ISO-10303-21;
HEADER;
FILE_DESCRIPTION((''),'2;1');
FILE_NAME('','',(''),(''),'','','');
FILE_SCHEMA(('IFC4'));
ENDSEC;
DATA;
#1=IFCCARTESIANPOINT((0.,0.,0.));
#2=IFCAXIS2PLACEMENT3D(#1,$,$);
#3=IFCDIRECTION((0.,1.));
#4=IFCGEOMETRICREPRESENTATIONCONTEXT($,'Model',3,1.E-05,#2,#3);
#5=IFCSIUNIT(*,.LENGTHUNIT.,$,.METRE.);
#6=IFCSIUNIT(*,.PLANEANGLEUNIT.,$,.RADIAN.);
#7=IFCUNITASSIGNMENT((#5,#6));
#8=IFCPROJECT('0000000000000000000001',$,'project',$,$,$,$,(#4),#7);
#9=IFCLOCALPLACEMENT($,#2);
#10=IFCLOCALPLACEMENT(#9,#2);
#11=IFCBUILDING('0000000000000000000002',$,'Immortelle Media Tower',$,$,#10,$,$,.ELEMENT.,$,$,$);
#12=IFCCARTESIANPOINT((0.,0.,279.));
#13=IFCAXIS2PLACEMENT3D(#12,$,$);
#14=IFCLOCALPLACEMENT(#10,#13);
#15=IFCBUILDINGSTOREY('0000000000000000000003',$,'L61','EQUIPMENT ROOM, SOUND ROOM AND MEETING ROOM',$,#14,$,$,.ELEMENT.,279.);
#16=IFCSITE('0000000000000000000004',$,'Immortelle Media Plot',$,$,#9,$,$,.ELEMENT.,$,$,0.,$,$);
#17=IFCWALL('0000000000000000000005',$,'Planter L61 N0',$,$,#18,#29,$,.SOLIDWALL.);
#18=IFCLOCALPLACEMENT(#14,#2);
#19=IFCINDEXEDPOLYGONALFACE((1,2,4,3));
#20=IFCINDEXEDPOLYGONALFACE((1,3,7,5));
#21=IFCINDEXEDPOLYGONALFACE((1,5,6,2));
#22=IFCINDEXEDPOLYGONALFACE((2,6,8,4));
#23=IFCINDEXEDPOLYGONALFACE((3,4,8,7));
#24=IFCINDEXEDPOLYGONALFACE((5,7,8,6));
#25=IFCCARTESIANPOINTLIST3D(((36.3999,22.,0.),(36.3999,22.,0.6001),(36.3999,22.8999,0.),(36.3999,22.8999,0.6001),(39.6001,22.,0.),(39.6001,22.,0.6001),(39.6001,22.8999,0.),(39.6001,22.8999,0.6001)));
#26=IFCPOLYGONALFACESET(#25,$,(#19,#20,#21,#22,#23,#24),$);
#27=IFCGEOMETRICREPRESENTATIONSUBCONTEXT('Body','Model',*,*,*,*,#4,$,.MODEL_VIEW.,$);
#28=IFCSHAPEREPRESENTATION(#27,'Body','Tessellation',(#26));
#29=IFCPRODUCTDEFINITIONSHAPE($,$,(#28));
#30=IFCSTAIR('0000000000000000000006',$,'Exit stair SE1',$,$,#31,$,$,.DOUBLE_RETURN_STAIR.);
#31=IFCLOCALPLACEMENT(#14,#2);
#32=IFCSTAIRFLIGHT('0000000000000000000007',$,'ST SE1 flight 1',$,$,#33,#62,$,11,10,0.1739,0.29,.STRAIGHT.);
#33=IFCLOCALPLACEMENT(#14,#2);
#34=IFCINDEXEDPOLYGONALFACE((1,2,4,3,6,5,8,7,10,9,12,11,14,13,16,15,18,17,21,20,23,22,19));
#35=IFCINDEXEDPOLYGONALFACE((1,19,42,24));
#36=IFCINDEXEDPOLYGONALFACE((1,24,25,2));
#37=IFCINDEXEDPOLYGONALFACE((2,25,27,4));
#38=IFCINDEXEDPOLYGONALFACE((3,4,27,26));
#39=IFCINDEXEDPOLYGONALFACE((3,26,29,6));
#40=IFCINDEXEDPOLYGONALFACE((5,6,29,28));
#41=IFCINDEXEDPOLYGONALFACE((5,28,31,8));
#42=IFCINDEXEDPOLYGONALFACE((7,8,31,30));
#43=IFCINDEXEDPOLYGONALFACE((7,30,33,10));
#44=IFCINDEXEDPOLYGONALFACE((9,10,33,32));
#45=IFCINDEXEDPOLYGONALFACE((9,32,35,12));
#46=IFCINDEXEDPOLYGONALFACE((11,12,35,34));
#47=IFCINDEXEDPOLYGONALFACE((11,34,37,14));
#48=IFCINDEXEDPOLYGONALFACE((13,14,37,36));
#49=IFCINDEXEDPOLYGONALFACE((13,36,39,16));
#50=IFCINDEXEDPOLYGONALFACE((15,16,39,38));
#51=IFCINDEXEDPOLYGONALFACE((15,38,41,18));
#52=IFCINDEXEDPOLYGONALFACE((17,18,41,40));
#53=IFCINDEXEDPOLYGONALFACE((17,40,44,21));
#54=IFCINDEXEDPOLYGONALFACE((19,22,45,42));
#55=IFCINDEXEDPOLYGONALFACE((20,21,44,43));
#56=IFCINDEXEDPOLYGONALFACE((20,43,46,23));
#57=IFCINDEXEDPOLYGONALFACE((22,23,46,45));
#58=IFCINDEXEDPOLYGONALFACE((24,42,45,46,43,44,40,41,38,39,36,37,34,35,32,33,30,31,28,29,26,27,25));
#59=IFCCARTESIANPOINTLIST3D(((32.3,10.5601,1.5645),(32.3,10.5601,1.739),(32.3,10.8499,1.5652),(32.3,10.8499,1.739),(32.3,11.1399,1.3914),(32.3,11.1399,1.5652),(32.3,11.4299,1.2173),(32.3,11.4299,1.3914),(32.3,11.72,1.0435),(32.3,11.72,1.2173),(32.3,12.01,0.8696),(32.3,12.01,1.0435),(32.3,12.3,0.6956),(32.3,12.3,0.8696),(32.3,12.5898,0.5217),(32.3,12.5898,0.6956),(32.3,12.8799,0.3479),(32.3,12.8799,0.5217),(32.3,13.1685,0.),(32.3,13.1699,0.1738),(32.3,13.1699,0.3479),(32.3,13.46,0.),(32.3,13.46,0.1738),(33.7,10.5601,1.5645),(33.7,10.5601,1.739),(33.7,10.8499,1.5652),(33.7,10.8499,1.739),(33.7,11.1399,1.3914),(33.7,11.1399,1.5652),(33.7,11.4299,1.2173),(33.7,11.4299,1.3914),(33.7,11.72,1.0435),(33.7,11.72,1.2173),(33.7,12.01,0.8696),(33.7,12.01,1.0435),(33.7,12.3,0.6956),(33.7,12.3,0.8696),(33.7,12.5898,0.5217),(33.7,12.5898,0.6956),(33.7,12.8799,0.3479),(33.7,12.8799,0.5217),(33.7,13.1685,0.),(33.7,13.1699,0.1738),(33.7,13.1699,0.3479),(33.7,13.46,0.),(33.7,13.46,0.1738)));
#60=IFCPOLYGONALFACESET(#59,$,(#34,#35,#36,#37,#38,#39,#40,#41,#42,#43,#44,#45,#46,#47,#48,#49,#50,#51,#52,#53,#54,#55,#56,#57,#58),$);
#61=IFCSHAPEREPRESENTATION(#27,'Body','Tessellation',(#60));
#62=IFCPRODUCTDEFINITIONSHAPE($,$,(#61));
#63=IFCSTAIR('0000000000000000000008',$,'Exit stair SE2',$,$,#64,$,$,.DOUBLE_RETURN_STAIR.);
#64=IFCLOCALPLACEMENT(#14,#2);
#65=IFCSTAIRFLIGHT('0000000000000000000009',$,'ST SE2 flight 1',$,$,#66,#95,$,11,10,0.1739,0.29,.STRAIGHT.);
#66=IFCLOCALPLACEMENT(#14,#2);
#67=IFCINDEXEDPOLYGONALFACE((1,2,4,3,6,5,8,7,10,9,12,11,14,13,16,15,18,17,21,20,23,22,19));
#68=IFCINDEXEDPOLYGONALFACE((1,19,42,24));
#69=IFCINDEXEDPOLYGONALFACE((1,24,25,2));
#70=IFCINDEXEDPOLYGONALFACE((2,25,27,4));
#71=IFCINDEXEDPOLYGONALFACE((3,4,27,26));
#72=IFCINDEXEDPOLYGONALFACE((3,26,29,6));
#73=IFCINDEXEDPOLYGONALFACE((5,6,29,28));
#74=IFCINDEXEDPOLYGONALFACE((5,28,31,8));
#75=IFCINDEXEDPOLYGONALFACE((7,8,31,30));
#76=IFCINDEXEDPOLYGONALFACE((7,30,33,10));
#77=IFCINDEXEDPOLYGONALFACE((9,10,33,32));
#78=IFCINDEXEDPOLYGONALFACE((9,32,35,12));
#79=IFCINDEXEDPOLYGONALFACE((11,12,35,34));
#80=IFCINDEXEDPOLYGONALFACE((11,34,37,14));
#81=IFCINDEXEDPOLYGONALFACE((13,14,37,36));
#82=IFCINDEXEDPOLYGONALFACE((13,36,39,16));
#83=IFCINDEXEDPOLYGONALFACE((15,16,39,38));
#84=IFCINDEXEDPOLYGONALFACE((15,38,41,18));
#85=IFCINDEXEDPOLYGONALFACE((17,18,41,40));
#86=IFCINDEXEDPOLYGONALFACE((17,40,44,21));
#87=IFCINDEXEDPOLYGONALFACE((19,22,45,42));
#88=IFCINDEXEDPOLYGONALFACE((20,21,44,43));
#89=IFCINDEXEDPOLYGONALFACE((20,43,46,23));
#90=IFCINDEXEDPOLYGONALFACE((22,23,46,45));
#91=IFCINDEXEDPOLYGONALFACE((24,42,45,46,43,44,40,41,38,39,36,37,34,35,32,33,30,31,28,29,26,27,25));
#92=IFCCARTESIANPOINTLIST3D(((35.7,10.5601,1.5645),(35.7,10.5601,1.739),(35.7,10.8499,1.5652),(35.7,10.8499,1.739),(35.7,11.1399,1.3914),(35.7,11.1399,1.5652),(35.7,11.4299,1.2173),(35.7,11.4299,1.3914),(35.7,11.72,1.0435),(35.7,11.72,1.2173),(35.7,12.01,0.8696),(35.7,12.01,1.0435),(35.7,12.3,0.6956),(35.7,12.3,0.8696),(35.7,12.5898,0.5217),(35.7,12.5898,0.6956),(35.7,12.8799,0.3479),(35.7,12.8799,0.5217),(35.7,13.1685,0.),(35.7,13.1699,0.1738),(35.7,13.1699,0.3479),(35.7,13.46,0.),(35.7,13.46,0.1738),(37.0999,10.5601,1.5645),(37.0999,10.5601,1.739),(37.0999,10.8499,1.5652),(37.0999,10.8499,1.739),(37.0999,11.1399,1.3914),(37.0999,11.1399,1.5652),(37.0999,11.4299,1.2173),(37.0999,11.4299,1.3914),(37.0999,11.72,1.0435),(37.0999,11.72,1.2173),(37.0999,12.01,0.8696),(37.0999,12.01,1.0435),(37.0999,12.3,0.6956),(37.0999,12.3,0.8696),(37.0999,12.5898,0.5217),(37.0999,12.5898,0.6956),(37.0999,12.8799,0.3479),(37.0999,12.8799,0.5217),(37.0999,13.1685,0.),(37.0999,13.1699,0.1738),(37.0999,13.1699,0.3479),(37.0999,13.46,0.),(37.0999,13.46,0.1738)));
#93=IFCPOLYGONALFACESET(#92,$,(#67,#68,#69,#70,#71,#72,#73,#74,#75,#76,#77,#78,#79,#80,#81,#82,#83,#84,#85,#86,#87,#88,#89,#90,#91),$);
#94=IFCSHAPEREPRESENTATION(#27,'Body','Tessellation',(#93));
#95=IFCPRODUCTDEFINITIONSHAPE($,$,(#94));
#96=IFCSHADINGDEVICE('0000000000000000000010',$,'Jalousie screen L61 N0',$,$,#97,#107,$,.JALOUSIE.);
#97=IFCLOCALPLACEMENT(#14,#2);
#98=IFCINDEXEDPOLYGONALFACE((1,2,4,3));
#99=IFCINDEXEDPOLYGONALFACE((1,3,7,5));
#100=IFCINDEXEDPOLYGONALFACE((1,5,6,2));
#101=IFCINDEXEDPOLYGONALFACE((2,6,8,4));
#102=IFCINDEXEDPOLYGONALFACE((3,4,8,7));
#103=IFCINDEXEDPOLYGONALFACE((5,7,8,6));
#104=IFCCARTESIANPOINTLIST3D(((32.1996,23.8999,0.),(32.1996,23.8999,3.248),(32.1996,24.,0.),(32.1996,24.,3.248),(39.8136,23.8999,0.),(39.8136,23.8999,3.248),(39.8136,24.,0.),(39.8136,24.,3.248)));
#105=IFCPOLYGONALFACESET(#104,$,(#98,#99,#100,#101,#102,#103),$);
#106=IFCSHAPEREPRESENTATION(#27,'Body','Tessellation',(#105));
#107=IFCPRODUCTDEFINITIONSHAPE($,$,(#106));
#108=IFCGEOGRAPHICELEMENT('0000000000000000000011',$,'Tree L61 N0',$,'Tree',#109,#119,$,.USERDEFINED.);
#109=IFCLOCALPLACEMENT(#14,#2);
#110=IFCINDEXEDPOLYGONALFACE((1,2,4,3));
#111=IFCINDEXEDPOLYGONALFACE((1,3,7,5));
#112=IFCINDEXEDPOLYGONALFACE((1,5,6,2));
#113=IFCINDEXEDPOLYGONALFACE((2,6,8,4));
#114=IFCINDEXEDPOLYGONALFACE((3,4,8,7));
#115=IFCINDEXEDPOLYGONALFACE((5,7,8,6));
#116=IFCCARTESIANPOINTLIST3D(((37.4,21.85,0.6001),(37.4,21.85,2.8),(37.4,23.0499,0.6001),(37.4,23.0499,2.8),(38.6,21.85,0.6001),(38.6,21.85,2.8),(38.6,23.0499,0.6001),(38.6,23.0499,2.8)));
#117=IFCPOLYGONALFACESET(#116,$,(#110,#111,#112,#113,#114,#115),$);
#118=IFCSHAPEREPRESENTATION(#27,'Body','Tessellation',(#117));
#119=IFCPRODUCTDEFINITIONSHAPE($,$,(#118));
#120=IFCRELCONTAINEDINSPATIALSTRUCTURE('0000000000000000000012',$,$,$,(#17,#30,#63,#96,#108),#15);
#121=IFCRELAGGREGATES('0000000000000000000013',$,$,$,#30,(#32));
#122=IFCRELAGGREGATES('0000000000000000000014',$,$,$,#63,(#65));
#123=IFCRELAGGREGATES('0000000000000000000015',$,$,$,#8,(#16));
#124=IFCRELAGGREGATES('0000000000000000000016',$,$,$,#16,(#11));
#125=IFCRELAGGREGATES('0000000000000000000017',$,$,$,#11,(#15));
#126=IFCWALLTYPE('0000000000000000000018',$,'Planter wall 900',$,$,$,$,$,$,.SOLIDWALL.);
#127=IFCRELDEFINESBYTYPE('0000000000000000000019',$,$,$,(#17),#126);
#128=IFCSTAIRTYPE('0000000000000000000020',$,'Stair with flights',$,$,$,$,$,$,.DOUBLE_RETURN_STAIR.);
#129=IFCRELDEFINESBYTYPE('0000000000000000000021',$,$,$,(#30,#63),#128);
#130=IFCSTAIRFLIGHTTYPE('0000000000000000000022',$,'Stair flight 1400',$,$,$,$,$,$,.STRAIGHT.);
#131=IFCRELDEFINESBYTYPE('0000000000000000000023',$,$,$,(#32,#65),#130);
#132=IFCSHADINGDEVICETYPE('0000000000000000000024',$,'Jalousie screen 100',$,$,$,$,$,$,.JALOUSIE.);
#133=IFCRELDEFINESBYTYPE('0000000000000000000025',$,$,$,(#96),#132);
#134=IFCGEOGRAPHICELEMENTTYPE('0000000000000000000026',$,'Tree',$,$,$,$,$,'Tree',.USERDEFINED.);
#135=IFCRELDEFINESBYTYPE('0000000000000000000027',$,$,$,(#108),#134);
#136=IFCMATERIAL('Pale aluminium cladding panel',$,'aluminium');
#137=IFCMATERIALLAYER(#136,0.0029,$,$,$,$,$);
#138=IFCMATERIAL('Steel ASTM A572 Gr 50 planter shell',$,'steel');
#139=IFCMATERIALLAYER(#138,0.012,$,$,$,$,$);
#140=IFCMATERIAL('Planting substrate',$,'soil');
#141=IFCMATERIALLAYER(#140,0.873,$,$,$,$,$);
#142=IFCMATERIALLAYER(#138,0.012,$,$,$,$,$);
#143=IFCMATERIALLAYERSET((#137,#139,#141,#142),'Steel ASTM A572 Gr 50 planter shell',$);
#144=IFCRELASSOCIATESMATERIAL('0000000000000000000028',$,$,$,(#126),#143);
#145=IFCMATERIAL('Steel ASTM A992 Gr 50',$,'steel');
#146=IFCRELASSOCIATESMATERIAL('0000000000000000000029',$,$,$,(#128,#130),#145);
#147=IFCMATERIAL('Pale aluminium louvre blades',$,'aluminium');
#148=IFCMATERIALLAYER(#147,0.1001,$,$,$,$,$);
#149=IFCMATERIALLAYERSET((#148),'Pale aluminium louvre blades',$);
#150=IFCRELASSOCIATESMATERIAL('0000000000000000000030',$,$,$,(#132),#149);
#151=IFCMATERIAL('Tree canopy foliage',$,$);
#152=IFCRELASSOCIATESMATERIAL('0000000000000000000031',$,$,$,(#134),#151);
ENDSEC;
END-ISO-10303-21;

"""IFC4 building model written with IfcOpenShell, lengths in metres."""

from ifc_helpers import new_model, si_unit, direction, frame, frame_2d, origin, origin_2d, place, context, subcontext, project, spatial, polyline, rectangle, outline, extrude, material, layer, layer_set, type_object, element, aggregate, save


model = new_model("IFC4")

# Units and contexts
model_context = context("Model", 3, precision=1e-05, world=origin(), true_north=direction((0.0, 1.0)))
body_context = subcontext(model_context, "Body", "Model", "MODEL_VIEW")
ifc_project = project(units=[si_unit("LENGTHUNIT", "METRE"), si_unit("PLANEANGLEUNIT", "RADIAN")], contexts=[model_context])

# Site, building, storey
site_placement = place(None, origin())
site = spatial("IfcSite", under=ifc_project, at=site_placement, Name="Immortelle Media Plot", CompositionType="ELEMENT", RefElevation=0.0)
building_placement = place(site_placement, origin())
building = spatial("IfcBuilding", under=site, at=building_placement, Name="Immortelle Media Tower", CompositionType="ELEMENT")
storey_placement = place(building_placement, frame((0.0, 0.0, 279.0)))
storey = spatial("IfcBuildingStorey", under=building, at=storey_placement, Name="L61", Description="EQUIPMENT ROOM, SOUND ROOM AND MEETING ROOM", CompositionType="ELEMENT", Elevation=279.0)

# Shared definitions
ifc_material_1 = material(Name="Steel ASTM A992 Gr 50", Category="steel")

# Shared definitions
ifc_material_2 = material(Name="Pale aluminium cladding panel", Category="aluminium")

# Wall
ifc_layer_1 = layer(ifc_material_2, 0.0029)
ifc_material_3 = material(Name="Steel ASTM A572 Gr 50 planter shell", Category="steel")
ifc_layer_2 = layer(ifc_material_3, 0.012)
ifc_material_4 = material(Name="Planting substrate", Category="soil")
ifc_layer_3 = layer(ifc_material_4, 0.873)
ifc_layer_4 = layer(ifc_material_3, 0.012)
ifc_layer_set_1 = layer_set([ifc_layer_1, ifc_layer_2, ifc_layer_3, ifc_layer_4], Name="Steel ASTM A572 Gr 50 planter shell")
wall_type_1 = type_object("IfcWallType", Name="Planter wall 900", PredefinedType="SOLIDWALL", material=ifc_layer_set_1)
wall_1_placement = place(storey_placement, frame((39.6001, 22.45, 0.0), z_axis=(0.0, 0.0, 1.0), x_axis=(-1.0, 0.0, 0.0)))
element("IfcWall", 1, at=wall_1_placement, inside=storey, type_object=wall_type_1, Name="Planter L61 N0", PredefinedType="SOLIDWALL", context=body_context, shape_type="SweptSolid", body=[
    extrude(rectangle(XDim=3.2002, YDim=0.8999, at=frame_2d((1.6001, 0.0))), origin(), (0.0, 0.0, 1.0), 0.6001),
])

# Stairs, stair flights
stair_type = type_object("IfcStairType", Name="Stair with flights", PredefinedType="DOUBLE_RETURN_STAIR", material=ifc_material_1)
stair_1_placement = place(storey_placement, origin())
stair_1 = element("IfcStair", 2, at=stair_1_placement, inside=storey, type_object=stair_type, Name="Exit stair SE1", PredefinedType="DOUBLE_RETURN_STAIR")
stair_flight_type = type_object("IfcStairFlightType", Name="Stair flight 1400", PredefinedType="STRAIGHT", material=ifc_material_1)
stair_flight_1_placement = place(storey_placement, frame((33.0, 13.46, 0.0), z_axis=(0.0, 0.0, 1.0), x_axis=(0.0, -1.0, 0.0)))
stair_flight_1 = element("IfcStairFlight", 3, at=stair_flight_1_placement, type_object=stair_flight_type, Name="ST SE1 flight 1", NumberOfRisers=11, NumberOfTreads=10, PredefinedType="STRAIGHT", RiserHeight=0.1739, TreadLength=0.29, context=body_context, shape_type="SweptSolid", body=[
    extrude(outline(polyline([(0.0, 0.0), (0.0, 0.1738), (0.29, 0.1738), (0.29, 0.3479), (0.5801, 0.3479), (0.5801, 0.5217), (0.8701, 0.5217), (0.8701, 0.6956), (1.1599, 0.6956), (1.1599, 0.8696), (1.45, 0.8696), (1.45, 1.0435), (1.74, 1.0435), (1.74, 1.2173), (2.03, 1.2173), (2.03, 1.3914), (2.3201, 1.3914), (2.3201, 1.5652), (2.6101, 1.5652), (2.6101, 1.739), (2.8999, 1.739), (2.8999, 1.9131), (2.8999, 1.5645), (0.2915, 0.0), (0.0, 0.0)])), frame((0.0, 0.7, 0.0), z_axis=(0.0, -1.0, 0.0), x_axis=(1.0, 0.0, 0.0)), (0.0, 0.0, 1.0), 1.3999),
])
aggregate(stair_1, [stair_flight_1])
stair_2_placement = place(storey_placement, origin())
stair_2 = element("IfcStair", 4, at=stair_2_placement, inside=storey, type_object=stair_type, Name="Exit stair SE2", PredefinedType="DOUBLE_RETURN_STAIR")
stair_flight_2_placement = place(storey_placement, frame((36.3999, 13.46, 0.0), z_axis=(0.0, 0.0, 1.0), x_axis=(0.0, -1.0, 0.0)))
stair_flight_2 = element("IfcStairFlight", 5, at=stair_flight_2_placement, type_object=stair_flight_type, Name="ST SE2 flight 1", NumberOfRisers=11, NumberOfTreads=10, PredefinedType="STRAIGHT", RiserHeight=0.1739, TreadLength=0.29, context=body_context, shape_type="SweptSolid", body=[
    extrude(outline(polyline([(0.0, 0.0), (0.0, 0.1738), (0.29, 0.1738), (0.29, 0.3479), (0.5801, 0.3479), (0.5801, 0.5217), (0.8701, 0.5217), (0.8701, 0.6956), (1.1599, 0.6956), (1.1599, 0.8696), (1.45, 0.8696), (1.45, 1.0435), (1.74, 1.0435), (1.74, 1.2173), (2.03, 1.2173), (2.03, 1.3914), (2.3201, 1.3914), (2.3201, 1.5652), (2.6101, 1.5652), (2.6101, 1.739), (2.8999, 1.739), (2.8999, 1.9131), (2.8999, 1.5645), (0.2915, 0.0), (0.0, 0.0)])), frame((0.0, 0.7, 0.0), z_axis=(0.0, -1.0, 0.0), x_axis=(1.0, 0.0, 0.0)), (0.0, 0.0, 1.0), 1.3999),
])
aggregate(stair_2, [stair_flight_2])

# Shading device
ifc_material_5 = material(Name="Pale aluminium louvre blades", Category="aluminium")
ifc_layer_5 = layer(ifc_material_5, 0.1001)
ifc_layer_set_2 = layer_set([ifc_layer_5], Name="Pale aluminium louvre blades")
shading_device_type = type_object("IfcShadingDeviceType", Name="Jalousie screen 100", PredefinedType="JALOUSIE", material=ifc_layer_set_2)
shading_device_placement = place(storey_placement, frame((36.0066, 23.95, 0.0), z_axis=(0.0, 0.0, 1.0), x_axis=(-1.0, 0.0, 0.0)))
element("IfcShadingDevice", 6, at=shading_device_placement, inside=storey, type_object=shading_device_type, Name="Jalousie screen L61 N0", PredefinedType="JALOUSIE", context=body_context, shape_type="SweptSolid", body=[
    extrude(rectangle(XDim=7.614, YDim=0.1001, at=origin_2d()), origin(), (0.0, 0.0, 1.0), 3.248),
])

# Geographic element
ifc_material_6 = material(Name="Tree canopy foliage")
geographic_element_type = type_object("IfcGeographicElementType", Name="Tree", ElementType="Tree", PredefinedType="USERDEFINED", material=ifc_material_6)
geographic_element_placement = place(storey_placement, frame((38.0, 22.45, 0.6001), z_axis=(0.0, 0.0, 1.0), x_axis=(1.0, 0.0, 0.0)))
element("IfcGeographicElement", 7, at=geographic_element_placement, inside=storey, type_object=geographic_element_type, Name="Tree L61 N0", ObjectType="Tree", PredefinedType="USERDEFINED", context=body_context, shape_type="SweptSolid", body=[
    extrude(rectangle(XDim=1.2, YDim=1.2, at=origin_2d()), origin(), (0.0, 0.0, 1.0), 2.2),
])

save(model, "model.ifc")
